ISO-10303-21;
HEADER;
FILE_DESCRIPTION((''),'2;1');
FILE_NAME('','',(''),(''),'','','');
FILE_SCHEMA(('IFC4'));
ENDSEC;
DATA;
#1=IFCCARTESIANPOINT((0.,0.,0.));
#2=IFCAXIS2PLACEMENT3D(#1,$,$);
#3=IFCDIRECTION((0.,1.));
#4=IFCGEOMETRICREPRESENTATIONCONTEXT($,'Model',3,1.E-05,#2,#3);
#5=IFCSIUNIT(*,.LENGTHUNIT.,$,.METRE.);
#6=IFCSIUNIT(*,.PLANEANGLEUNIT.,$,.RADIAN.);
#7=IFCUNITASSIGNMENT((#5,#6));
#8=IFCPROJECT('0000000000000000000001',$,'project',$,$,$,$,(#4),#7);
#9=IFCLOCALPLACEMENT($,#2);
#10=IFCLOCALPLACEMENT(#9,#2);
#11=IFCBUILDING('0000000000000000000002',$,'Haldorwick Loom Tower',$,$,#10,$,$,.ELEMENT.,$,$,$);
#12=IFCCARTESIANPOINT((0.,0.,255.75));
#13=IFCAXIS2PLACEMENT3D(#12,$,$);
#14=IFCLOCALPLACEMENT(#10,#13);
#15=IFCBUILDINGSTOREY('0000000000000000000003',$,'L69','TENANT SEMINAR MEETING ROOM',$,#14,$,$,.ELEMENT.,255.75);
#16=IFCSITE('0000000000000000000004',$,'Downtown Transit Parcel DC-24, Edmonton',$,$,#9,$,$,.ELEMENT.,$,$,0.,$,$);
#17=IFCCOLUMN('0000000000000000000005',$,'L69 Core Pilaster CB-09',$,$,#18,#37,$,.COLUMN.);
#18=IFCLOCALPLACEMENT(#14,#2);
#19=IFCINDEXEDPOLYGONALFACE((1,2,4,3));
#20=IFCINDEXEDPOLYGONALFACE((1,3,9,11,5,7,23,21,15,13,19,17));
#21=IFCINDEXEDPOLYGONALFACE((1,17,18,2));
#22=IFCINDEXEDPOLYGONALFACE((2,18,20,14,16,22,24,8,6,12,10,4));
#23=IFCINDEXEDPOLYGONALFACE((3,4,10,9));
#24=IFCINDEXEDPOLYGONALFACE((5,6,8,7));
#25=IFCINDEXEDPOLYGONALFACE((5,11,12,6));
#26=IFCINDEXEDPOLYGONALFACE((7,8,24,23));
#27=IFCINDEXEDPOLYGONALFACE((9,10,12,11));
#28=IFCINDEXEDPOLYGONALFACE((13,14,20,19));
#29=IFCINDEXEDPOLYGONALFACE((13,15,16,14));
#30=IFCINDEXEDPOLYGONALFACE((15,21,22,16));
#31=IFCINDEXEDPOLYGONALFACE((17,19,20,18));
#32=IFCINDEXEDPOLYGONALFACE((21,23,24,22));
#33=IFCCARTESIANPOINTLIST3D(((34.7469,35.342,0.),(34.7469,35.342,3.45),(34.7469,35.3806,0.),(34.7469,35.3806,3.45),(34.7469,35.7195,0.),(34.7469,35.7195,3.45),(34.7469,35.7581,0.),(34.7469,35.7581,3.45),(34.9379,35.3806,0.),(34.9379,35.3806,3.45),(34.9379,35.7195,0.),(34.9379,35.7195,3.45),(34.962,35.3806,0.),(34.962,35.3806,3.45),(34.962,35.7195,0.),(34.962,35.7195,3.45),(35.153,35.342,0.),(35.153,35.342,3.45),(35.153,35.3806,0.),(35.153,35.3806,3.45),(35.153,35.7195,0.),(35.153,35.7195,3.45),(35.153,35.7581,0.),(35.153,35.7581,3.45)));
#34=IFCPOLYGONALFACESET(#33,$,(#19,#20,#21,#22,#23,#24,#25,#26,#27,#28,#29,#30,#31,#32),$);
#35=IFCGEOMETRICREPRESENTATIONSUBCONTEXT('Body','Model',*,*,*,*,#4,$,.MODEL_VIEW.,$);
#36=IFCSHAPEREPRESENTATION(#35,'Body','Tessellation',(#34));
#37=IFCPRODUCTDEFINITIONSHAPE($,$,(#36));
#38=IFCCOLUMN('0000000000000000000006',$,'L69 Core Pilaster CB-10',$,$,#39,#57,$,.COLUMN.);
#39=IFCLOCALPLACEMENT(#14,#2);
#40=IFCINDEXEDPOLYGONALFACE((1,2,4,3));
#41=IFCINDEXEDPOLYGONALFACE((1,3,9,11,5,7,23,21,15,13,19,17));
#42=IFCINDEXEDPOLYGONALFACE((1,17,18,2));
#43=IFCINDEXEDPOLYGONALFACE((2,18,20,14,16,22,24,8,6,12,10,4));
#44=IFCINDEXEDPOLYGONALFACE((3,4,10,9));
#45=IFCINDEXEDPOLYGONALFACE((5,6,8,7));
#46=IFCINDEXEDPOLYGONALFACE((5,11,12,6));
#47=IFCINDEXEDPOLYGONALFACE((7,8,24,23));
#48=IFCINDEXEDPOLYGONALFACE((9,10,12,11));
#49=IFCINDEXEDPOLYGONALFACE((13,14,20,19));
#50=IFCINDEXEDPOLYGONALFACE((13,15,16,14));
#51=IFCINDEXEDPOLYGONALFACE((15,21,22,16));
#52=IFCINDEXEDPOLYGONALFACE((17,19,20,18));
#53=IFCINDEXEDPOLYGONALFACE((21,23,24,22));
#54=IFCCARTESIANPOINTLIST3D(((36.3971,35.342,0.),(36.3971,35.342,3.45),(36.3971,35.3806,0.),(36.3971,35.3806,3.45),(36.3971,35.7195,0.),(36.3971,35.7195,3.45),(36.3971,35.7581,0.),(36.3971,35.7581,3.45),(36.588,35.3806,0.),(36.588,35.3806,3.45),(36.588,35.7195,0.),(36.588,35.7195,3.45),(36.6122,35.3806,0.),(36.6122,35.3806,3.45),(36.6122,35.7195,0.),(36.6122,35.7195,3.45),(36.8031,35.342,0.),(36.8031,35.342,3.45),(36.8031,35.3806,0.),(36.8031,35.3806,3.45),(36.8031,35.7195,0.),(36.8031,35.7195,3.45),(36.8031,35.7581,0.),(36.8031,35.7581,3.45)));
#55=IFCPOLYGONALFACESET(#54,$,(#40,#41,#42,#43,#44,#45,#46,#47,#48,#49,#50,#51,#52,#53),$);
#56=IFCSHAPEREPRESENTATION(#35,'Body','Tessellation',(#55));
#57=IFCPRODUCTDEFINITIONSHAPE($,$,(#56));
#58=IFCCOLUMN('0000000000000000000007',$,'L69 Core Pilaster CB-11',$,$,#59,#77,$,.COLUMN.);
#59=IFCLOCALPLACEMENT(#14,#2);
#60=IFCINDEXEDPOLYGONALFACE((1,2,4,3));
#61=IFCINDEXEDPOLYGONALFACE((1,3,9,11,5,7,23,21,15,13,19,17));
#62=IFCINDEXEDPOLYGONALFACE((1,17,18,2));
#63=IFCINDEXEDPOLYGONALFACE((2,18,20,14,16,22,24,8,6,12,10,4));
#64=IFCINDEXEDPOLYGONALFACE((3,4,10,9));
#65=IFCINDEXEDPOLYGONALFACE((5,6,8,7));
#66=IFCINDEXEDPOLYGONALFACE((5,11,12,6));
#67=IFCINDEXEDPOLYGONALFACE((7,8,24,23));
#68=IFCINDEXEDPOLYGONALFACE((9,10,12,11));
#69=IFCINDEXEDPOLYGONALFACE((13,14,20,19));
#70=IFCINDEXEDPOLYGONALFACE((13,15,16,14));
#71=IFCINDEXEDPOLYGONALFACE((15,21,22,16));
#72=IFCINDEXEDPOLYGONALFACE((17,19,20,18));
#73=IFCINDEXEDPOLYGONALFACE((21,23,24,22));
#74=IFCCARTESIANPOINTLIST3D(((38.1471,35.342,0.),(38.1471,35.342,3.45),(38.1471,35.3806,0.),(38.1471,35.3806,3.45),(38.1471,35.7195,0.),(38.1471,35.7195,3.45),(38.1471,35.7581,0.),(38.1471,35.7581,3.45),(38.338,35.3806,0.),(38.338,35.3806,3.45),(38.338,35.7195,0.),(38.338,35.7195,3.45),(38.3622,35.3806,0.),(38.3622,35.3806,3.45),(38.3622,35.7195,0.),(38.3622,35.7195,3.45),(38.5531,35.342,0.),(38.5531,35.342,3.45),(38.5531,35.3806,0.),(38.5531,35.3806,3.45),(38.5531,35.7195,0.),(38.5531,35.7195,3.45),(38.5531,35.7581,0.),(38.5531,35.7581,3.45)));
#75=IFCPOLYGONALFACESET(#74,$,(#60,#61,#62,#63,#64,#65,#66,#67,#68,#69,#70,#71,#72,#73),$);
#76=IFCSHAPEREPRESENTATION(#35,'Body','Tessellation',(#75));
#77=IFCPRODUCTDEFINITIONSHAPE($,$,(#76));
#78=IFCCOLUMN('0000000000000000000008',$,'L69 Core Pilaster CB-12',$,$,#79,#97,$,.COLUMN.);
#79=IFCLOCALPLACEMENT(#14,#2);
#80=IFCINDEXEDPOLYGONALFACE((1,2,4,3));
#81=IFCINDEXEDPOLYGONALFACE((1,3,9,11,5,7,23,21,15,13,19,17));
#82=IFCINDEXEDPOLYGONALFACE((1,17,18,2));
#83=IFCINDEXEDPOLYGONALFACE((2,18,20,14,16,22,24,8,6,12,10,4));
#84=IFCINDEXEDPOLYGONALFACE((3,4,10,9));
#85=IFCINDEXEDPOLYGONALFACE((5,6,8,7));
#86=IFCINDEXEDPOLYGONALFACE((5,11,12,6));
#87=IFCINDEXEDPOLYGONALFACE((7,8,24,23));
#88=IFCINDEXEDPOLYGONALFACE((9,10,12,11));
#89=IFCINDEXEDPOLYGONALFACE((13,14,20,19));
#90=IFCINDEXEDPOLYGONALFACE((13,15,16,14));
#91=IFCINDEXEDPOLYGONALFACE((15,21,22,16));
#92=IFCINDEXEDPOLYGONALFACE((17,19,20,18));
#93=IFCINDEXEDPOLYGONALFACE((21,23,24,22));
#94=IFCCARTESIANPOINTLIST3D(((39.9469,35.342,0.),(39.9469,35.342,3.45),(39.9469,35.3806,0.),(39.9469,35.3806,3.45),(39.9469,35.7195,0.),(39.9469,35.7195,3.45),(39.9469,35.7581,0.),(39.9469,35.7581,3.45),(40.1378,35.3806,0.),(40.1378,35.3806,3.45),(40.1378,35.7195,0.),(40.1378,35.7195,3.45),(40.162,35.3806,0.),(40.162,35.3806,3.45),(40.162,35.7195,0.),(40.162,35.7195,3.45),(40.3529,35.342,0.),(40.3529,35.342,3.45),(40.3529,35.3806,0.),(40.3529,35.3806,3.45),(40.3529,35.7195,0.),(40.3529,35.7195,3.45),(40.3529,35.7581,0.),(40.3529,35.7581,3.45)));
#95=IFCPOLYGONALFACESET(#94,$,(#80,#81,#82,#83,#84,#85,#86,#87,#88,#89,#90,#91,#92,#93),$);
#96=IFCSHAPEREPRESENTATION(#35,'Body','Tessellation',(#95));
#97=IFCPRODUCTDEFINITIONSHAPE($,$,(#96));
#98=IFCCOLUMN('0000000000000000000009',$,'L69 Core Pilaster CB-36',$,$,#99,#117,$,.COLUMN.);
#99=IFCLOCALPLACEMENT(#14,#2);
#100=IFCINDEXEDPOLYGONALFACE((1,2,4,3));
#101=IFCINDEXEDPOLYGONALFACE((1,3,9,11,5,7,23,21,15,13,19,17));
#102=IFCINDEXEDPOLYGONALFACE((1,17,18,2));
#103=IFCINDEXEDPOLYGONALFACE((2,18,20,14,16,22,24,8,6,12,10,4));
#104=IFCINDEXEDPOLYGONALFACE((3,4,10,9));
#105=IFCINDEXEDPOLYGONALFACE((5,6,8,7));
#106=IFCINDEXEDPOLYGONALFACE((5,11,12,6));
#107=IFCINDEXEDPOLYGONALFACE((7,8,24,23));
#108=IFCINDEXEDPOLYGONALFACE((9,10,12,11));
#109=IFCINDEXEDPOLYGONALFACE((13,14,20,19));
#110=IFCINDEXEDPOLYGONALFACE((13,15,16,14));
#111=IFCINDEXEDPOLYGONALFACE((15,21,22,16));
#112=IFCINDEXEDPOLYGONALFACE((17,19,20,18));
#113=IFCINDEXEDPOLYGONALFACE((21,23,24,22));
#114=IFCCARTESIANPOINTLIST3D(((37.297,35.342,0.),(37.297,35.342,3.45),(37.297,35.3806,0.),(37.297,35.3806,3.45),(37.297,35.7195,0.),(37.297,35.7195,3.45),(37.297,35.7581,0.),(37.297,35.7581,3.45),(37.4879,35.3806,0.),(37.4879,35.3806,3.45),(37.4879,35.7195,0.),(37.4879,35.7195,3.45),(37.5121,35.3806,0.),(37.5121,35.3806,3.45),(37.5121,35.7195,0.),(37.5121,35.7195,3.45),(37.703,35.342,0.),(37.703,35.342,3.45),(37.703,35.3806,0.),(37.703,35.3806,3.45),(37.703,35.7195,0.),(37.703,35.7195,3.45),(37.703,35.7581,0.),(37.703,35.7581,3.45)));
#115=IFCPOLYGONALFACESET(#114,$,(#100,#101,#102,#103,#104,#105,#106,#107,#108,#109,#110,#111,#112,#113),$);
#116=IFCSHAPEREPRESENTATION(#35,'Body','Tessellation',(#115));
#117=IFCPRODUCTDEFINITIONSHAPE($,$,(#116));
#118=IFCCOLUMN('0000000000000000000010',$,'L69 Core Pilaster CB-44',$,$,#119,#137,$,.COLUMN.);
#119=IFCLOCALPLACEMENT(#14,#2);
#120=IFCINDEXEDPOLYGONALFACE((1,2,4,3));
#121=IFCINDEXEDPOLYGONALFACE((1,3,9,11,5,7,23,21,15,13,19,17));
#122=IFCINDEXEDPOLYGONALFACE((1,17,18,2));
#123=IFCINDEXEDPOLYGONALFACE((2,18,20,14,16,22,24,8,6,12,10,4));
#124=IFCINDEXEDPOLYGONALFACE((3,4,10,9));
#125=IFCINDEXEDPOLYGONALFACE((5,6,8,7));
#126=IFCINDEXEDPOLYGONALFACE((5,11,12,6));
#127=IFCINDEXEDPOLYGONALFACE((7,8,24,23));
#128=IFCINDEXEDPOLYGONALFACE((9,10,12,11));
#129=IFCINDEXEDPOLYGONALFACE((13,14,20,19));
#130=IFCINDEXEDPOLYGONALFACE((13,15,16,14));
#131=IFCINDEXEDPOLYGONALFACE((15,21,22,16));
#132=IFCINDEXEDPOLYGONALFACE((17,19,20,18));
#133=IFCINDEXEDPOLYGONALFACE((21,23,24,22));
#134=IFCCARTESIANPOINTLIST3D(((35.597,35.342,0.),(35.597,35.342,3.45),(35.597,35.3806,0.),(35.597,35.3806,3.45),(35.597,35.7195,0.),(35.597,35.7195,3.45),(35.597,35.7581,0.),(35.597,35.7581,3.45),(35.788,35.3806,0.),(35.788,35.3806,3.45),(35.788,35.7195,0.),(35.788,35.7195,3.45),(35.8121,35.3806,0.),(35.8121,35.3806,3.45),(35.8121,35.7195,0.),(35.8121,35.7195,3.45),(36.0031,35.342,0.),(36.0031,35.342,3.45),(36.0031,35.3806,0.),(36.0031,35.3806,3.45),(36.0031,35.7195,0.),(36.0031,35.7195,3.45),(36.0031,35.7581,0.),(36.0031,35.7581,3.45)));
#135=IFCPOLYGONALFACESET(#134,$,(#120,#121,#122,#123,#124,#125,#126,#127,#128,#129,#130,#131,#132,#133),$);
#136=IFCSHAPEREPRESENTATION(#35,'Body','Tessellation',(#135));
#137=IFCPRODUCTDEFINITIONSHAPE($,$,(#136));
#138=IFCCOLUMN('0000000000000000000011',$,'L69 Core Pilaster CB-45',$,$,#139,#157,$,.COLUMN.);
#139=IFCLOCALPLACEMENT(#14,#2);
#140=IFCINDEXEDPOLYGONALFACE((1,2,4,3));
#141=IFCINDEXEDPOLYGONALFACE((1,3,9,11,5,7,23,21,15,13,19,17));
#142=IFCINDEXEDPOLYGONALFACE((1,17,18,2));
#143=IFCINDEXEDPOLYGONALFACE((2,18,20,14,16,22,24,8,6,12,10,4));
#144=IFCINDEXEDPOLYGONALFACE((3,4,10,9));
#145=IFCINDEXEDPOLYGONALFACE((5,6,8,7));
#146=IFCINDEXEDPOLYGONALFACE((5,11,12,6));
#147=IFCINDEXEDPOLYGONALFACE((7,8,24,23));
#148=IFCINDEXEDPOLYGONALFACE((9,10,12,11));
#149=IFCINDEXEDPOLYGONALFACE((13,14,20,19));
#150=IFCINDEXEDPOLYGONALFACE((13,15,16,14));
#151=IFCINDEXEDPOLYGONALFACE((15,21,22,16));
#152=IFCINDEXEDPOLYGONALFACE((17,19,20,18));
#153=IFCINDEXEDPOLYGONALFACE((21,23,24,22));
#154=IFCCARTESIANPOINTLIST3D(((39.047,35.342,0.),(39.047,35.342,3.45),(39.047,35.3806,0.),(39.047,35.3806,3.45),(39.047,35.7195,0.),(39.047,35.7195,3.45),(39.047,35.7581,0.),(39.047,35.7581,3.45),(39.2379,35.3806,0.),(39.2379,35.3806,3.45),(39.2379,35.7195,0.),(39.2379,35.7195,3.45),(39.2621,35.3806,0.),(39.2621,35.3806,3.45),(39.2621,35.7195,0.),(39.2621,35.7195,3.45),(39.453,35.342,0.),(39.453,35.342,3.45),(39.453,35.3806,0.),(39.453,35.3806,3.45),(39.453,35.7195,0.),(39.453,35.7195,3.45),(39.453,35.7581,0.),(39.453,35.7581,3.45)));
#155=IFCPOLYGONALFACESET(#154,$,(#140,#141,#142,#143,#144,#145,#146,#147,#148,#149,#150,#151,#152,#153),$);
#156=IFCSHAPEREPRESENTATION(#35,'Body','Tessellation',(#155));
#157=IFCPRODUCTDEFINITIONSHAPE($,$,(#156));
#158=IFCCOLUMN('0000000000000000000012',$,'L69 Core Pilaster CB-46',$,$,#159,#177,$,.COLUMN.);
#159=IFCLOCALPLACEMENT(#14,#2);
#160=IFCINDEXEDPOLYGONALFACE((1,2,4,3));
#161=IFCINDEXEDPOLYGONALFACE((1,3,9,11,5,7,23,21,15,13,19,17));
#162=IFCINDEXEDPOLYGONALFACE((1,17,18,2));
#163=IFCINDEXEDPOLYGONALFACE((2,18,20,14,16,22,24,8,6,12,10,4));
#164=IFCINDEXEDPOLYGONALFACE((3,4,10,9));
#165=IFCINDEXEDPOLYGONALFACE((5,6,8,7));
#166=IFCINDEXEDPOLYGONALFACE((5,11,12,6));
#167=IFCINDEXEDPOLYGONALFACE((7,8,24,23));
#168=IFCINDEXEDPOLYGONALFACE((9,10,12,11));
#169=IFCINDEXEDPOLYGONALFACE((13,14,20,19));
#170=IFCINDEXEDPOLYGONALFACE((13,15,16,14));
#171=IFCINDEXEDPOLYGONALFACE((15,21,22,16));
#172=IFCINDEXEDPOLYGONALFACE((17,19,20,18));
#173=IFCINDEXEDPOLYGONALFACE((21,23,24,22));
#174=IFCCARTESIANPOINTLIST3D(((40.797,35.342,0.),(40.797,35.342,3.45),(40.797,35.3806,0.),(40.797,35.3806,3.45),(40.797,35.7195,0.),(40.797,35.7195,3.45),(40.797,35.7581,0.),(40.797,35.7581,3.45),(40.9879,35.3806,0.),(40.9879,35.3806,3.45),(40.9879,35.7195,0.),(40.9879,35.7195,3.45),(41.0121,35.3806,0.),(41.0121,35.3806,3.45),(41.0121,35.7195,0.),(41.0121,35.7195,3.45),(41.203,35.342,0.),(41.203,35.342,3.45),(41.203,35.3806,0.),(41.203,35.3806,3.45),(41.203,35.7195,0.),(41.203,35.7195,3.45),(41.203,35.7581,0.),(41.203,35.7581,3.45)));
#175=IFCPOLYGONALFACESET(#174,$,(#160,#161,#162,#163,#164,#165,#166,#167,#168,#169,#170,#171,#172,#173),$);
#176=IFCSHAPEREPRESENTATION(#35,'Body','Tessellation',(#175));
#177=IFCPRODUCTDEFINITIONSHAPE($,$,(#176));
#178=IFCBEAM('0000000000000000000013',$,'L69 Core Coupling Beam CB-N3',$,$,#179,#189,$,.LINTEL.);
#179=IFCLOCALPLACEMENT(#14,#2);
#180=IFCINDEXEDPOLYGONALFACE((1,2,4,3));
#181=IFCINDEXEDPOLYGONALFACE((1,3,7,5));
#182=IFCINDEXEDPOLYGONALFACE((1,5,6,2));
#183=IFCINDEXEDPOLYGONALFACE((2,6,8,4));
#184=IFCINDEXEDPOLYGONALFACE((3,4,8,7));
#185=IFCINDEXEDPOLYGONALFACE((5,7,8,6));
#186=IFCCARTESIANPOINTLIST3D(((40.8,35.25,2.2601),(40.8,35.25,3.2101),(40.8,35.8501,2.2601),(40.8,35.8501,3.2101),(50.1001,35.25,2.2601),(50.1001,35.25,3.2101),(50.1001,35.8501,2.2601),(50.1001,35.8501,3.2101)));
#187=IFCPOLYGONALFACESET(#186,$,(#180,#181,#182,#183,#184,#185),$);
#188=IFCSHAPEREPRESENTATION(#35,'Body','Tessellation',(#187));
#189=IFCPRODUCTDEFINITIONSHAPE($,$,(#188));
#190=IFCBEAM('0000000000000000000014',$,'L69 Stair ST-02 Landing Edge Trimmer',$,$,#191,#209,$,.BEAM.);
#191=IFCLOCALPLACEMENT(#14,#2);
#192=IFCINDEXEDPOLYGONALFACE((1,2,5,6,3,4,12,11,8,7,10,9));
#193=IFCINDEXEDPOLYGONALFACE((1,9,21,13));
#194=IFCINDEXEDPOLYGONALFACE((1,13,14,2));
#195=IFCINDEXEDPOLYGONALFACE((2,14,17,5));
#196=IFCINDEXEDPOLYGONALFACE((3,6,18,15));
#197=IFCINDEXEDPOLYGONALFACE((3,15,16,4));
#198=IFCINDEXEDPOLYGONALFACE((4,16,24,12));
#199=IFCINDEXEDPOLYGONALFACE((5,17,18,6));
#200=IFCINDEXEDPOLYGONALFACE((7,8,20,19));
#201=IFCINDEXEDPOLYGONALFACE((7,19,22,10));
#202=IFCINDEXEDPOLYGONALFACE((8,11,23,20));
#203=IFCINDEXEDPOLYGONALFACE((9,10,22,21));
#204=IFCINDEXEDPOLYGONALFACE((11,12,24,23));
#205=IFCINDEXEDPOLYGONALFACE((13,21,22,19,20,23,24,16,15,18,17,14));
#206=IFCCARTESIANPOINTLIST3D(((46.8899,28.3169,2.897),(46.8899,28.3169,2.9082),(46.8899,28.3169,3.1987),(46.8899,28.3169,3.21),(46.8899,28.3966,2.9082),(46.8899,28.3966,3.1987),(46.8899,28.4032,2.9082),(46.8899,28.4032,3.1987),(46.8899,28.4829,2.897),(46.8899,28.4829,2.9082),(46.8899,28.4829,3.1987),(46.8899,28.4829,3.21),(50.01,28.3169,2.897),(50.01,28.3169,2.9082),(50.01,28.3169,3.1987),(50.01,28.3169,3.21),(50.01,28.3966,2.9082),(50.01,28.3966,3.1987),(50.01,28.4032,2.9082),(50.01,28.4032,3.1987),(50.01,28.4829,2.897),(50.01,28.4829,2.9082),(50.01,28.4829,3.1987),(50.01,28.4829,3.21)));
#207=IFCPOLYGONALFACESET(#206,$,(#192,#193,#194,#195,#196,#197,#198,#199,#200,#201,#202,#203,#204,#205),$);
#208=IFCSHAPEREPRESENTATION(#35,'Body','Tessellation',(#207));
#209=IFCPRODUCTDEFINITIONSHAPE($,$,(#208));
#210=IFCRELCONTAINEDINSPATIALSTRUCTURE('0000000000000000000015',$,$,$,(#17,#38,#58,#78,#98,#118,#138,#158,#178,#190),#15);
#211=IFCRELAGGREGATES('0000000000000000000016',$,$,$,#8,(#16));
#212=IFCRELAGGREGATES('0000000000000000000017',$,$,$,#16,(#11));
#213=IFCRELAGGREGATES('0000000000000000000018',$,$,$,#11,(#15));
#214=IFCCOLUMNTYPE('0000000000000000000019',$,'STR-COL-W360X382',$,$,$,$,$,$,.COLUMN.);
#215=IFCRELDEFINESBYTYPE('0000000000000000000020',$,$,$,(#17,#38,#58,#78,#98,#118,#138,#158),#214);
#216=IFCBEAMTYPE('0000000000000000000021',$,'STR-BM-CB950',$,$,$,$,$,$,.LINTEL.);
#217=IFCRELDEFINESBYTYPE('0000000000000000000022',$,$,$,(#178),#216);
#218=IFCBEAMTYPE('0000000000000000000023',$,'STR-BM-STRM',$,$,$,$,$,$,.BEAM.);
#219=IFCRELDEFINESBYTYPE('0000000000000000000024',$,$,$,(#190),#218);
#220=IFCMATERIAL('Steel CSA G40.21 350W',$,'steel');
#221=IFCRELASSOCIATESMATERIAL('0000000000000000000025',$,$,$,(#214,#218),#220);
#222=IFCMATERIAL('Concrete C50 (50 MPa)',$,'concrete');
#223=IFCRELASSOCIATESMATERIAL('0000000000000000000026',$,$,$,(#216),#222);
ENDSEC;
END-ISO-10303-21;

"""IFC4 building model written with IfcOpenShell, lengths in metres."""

from ifc_helpers import new_model, si_unit, direction, frame, origin, origin_2d, place, context, subcontext, project, spatial, rectangle, i_section, extrude, material, material_profile, profile_set, type_object, element, save


model = new_model("IFC4")

# Units and contexts
model_context = context("Model", 3, precision=1e-05, world=origin(), true_north=direction((0.0, 1.0)))
body_context = subcontext(model_context, "Body", "Model", "MODEL_VIEW")
ifc_project = project(units=[si_unit("LENGTHUNIT", "METRE"), si_unit("PLANEANGLEUNIT", "RADIAN")], contexts=[model_context])

# Site, building, storey
site_placement = place(None, origin())
site = spatial("IfcSite", under=ifc_project, at=site_placement, Name="Downtown Transit Parcel DC-24, Edmonton", CompositionType="ELEMENT", RefElevation=0.0)
building_placement = place(site_placement, origin())
building = spatial("IfcBuilding", under=site, at=building_placement, Name="Haldorwick Loom Tower", CompositionType="ELEMENT")
storey_placement = place(building_placement, frame((0.0, 0.0, 255.75)))
storey = spatial("IfcBuildingStorey", under=building, at=storey_placement, Name="L69", Description="TENANT SEMINAR MEETING ROOM", CompositionType="ELEMENT", Elevation=255.75)

# Columns
ifc_material_1 = material(Name="Steel CSA G40.21 350W", Category="steel")
ifc_material_profile_1 = material_profile(ifc_material_1, i_section(OverallWidth=0.406, OverallDepth=0.416, WebThickness=0.0242, FlangeThickness=0.0386, at=origin_2d()), Name="W360X382", Category="steel")
ifc_profile_set_1 = profile_set([ifc_material_profile_1], Name="Steel CSA G40.21 350W")
column_type = type_object("IfcColumnType", Name="STR-COL-W360X382", PredefinedType="COLUMN", material=ifc_profile_set_1)
for number, where, z_axis, x_axis, name in (
    (1, (34.95, 35.55, 0.0), (0.0, 0.0, 1.0), (1.0, 0.0, 0.0), "L69 Core Pilaster CB-09"),
    (2, (36.6001, 35.55, 0.0), (0.0, 0.0, 1.0), (1.0, 0.0, 0.0), "L69 Core Pilaster CB-10"),
    (3, (38.3501, 35.55, 0.0), (0.0, 0.0, 1.0), (1.0, 0.0, 0.0), "L69 Core Pilaster CB-11"),
    (4, (40.1499, 35.55, 0.0), (0.0, 0.0, 1.0), (1.0, 0.0, 0.0), "L69 Core Pilaster CB-12"),
    (5, (37.5, 35.55, 0.0), (0.0, 0.0, 1.0), (1.0, 0.0, 0.0), "L69 Core Pilaster CB-36"),
    (6, (35.8, 35.55, 0.0), (0.0, 0.0, 1.0), (1.0, 0.0, 0.0), "L69 Core Pilaster CB-44"),
    (7, (39.25, 35.55, 0.0), (0.0, 0.0, 1.0), (1.0, 0.0, 0.0), "L69 Core Pilaster CB-45"),
    (8, (41.0, 35.55, 0.0), (0.0, 0.0, 1.0), (1.0, 0.0, 0.0), "L69 Core Pilaster CB-46"),
):
    element("IfcColumn", number, at=place(storey_placement, frame(where, z_axis=z_axis, x_axis=x_axis)), inside=storey, type_object=column_type, Name=name, PredefinedType="COLUMN", context=body_context, shape_type="SweptSolid", body=[
        extrude(i_section(OverallWidth=0.406, OverallDepth=0.416, WebThickness=0.0242, FlangeThickness=0.0386, at=origin_2d()), origin(), (0.0, 0.0, 1.0), 3.45),
    ])

# Beams
ifc_material_2 = material(Name="Concrete C50 (50 MPa)", Category="concrete")
ifc_material_profile_2 = material_profile(ifc_material_2, rectangle(XDim=0.6001, YDim=0.95, at=origin_2d()), Name="RC600X950", Category="concrete")
ifc_profile_set_2 = profile_set([ifc_material_profile_2], Name="Concrete C50 (50 MPa)")
beam_type_1 = type_object("IfcBeamType", Name="STR-BM-CB950", PredefinedType="LINTEL", material=ifc_profile_set_2)
beam_placement = place(storey_placement, frame((40.8, 35.55, 2.7351), z_axis=(1.0, 0.0, 0.0), x_axis=(0.0, 1.0, 0.0)))
element("IfcBeam", 9, at=beam_placement, inside=storey, type_object=beam_type_1, Name="L69 Core Coupling Beam CB-N3", PredefinedType="LINTEL", context=body_context, shape_type="SweptSolid", body=[
    extrude(rectangle(XDim=0.6001, YDim=0.95, at=origin_2d()), origin(), (0.0, 0.0, 1.0), 9.3),
])
ifc_material_profile_3 = material_profile(ifc_material_1, i_section(OverallWidth=0.166, OverallDepth=0.313, WebThickness=0.0066, FlangeThickness=0.0112, at=origin_2d()), Name="W310X45", Category="steel")
ifc_profile_set_3 = profile_set([ifc_material_profile_3], Name="Steel CSA G40.21 350W")
beam_type_2 = type_object("IfcBeamType", Name="STR-BM-STRM", PredefinedType="BEAM", material=ifc_profile_set_3)
for number, where, z_axis, x_axis, name in (
    (10, (46.8899, 28.3999, 3.0535), (1.0, 0.0, 0.0), (0.0, 1.0, 0.0), "L69 Stair ST-02 Landing Edge Trimmer"),
):
    element("IfcBeam", number, at=place(storey_placement, frame(where, z_axis=z_axis, x_axis=x_axis)), inside=storey, type_object=beam_type_2, Name=name, PredefinedType="BEAM", context=body_context, shape_type="SweptSolid", body=[
        extrude(i_section(OverallWidth=0.166, OverallDepth=0.313, WebThickness=0.0066, FlangeThickness=0.0112, at=origin_2d()), origin(), (0.0, 0.0, 1.0), 3.1201),
    ])

save(model, "model.ifc")
